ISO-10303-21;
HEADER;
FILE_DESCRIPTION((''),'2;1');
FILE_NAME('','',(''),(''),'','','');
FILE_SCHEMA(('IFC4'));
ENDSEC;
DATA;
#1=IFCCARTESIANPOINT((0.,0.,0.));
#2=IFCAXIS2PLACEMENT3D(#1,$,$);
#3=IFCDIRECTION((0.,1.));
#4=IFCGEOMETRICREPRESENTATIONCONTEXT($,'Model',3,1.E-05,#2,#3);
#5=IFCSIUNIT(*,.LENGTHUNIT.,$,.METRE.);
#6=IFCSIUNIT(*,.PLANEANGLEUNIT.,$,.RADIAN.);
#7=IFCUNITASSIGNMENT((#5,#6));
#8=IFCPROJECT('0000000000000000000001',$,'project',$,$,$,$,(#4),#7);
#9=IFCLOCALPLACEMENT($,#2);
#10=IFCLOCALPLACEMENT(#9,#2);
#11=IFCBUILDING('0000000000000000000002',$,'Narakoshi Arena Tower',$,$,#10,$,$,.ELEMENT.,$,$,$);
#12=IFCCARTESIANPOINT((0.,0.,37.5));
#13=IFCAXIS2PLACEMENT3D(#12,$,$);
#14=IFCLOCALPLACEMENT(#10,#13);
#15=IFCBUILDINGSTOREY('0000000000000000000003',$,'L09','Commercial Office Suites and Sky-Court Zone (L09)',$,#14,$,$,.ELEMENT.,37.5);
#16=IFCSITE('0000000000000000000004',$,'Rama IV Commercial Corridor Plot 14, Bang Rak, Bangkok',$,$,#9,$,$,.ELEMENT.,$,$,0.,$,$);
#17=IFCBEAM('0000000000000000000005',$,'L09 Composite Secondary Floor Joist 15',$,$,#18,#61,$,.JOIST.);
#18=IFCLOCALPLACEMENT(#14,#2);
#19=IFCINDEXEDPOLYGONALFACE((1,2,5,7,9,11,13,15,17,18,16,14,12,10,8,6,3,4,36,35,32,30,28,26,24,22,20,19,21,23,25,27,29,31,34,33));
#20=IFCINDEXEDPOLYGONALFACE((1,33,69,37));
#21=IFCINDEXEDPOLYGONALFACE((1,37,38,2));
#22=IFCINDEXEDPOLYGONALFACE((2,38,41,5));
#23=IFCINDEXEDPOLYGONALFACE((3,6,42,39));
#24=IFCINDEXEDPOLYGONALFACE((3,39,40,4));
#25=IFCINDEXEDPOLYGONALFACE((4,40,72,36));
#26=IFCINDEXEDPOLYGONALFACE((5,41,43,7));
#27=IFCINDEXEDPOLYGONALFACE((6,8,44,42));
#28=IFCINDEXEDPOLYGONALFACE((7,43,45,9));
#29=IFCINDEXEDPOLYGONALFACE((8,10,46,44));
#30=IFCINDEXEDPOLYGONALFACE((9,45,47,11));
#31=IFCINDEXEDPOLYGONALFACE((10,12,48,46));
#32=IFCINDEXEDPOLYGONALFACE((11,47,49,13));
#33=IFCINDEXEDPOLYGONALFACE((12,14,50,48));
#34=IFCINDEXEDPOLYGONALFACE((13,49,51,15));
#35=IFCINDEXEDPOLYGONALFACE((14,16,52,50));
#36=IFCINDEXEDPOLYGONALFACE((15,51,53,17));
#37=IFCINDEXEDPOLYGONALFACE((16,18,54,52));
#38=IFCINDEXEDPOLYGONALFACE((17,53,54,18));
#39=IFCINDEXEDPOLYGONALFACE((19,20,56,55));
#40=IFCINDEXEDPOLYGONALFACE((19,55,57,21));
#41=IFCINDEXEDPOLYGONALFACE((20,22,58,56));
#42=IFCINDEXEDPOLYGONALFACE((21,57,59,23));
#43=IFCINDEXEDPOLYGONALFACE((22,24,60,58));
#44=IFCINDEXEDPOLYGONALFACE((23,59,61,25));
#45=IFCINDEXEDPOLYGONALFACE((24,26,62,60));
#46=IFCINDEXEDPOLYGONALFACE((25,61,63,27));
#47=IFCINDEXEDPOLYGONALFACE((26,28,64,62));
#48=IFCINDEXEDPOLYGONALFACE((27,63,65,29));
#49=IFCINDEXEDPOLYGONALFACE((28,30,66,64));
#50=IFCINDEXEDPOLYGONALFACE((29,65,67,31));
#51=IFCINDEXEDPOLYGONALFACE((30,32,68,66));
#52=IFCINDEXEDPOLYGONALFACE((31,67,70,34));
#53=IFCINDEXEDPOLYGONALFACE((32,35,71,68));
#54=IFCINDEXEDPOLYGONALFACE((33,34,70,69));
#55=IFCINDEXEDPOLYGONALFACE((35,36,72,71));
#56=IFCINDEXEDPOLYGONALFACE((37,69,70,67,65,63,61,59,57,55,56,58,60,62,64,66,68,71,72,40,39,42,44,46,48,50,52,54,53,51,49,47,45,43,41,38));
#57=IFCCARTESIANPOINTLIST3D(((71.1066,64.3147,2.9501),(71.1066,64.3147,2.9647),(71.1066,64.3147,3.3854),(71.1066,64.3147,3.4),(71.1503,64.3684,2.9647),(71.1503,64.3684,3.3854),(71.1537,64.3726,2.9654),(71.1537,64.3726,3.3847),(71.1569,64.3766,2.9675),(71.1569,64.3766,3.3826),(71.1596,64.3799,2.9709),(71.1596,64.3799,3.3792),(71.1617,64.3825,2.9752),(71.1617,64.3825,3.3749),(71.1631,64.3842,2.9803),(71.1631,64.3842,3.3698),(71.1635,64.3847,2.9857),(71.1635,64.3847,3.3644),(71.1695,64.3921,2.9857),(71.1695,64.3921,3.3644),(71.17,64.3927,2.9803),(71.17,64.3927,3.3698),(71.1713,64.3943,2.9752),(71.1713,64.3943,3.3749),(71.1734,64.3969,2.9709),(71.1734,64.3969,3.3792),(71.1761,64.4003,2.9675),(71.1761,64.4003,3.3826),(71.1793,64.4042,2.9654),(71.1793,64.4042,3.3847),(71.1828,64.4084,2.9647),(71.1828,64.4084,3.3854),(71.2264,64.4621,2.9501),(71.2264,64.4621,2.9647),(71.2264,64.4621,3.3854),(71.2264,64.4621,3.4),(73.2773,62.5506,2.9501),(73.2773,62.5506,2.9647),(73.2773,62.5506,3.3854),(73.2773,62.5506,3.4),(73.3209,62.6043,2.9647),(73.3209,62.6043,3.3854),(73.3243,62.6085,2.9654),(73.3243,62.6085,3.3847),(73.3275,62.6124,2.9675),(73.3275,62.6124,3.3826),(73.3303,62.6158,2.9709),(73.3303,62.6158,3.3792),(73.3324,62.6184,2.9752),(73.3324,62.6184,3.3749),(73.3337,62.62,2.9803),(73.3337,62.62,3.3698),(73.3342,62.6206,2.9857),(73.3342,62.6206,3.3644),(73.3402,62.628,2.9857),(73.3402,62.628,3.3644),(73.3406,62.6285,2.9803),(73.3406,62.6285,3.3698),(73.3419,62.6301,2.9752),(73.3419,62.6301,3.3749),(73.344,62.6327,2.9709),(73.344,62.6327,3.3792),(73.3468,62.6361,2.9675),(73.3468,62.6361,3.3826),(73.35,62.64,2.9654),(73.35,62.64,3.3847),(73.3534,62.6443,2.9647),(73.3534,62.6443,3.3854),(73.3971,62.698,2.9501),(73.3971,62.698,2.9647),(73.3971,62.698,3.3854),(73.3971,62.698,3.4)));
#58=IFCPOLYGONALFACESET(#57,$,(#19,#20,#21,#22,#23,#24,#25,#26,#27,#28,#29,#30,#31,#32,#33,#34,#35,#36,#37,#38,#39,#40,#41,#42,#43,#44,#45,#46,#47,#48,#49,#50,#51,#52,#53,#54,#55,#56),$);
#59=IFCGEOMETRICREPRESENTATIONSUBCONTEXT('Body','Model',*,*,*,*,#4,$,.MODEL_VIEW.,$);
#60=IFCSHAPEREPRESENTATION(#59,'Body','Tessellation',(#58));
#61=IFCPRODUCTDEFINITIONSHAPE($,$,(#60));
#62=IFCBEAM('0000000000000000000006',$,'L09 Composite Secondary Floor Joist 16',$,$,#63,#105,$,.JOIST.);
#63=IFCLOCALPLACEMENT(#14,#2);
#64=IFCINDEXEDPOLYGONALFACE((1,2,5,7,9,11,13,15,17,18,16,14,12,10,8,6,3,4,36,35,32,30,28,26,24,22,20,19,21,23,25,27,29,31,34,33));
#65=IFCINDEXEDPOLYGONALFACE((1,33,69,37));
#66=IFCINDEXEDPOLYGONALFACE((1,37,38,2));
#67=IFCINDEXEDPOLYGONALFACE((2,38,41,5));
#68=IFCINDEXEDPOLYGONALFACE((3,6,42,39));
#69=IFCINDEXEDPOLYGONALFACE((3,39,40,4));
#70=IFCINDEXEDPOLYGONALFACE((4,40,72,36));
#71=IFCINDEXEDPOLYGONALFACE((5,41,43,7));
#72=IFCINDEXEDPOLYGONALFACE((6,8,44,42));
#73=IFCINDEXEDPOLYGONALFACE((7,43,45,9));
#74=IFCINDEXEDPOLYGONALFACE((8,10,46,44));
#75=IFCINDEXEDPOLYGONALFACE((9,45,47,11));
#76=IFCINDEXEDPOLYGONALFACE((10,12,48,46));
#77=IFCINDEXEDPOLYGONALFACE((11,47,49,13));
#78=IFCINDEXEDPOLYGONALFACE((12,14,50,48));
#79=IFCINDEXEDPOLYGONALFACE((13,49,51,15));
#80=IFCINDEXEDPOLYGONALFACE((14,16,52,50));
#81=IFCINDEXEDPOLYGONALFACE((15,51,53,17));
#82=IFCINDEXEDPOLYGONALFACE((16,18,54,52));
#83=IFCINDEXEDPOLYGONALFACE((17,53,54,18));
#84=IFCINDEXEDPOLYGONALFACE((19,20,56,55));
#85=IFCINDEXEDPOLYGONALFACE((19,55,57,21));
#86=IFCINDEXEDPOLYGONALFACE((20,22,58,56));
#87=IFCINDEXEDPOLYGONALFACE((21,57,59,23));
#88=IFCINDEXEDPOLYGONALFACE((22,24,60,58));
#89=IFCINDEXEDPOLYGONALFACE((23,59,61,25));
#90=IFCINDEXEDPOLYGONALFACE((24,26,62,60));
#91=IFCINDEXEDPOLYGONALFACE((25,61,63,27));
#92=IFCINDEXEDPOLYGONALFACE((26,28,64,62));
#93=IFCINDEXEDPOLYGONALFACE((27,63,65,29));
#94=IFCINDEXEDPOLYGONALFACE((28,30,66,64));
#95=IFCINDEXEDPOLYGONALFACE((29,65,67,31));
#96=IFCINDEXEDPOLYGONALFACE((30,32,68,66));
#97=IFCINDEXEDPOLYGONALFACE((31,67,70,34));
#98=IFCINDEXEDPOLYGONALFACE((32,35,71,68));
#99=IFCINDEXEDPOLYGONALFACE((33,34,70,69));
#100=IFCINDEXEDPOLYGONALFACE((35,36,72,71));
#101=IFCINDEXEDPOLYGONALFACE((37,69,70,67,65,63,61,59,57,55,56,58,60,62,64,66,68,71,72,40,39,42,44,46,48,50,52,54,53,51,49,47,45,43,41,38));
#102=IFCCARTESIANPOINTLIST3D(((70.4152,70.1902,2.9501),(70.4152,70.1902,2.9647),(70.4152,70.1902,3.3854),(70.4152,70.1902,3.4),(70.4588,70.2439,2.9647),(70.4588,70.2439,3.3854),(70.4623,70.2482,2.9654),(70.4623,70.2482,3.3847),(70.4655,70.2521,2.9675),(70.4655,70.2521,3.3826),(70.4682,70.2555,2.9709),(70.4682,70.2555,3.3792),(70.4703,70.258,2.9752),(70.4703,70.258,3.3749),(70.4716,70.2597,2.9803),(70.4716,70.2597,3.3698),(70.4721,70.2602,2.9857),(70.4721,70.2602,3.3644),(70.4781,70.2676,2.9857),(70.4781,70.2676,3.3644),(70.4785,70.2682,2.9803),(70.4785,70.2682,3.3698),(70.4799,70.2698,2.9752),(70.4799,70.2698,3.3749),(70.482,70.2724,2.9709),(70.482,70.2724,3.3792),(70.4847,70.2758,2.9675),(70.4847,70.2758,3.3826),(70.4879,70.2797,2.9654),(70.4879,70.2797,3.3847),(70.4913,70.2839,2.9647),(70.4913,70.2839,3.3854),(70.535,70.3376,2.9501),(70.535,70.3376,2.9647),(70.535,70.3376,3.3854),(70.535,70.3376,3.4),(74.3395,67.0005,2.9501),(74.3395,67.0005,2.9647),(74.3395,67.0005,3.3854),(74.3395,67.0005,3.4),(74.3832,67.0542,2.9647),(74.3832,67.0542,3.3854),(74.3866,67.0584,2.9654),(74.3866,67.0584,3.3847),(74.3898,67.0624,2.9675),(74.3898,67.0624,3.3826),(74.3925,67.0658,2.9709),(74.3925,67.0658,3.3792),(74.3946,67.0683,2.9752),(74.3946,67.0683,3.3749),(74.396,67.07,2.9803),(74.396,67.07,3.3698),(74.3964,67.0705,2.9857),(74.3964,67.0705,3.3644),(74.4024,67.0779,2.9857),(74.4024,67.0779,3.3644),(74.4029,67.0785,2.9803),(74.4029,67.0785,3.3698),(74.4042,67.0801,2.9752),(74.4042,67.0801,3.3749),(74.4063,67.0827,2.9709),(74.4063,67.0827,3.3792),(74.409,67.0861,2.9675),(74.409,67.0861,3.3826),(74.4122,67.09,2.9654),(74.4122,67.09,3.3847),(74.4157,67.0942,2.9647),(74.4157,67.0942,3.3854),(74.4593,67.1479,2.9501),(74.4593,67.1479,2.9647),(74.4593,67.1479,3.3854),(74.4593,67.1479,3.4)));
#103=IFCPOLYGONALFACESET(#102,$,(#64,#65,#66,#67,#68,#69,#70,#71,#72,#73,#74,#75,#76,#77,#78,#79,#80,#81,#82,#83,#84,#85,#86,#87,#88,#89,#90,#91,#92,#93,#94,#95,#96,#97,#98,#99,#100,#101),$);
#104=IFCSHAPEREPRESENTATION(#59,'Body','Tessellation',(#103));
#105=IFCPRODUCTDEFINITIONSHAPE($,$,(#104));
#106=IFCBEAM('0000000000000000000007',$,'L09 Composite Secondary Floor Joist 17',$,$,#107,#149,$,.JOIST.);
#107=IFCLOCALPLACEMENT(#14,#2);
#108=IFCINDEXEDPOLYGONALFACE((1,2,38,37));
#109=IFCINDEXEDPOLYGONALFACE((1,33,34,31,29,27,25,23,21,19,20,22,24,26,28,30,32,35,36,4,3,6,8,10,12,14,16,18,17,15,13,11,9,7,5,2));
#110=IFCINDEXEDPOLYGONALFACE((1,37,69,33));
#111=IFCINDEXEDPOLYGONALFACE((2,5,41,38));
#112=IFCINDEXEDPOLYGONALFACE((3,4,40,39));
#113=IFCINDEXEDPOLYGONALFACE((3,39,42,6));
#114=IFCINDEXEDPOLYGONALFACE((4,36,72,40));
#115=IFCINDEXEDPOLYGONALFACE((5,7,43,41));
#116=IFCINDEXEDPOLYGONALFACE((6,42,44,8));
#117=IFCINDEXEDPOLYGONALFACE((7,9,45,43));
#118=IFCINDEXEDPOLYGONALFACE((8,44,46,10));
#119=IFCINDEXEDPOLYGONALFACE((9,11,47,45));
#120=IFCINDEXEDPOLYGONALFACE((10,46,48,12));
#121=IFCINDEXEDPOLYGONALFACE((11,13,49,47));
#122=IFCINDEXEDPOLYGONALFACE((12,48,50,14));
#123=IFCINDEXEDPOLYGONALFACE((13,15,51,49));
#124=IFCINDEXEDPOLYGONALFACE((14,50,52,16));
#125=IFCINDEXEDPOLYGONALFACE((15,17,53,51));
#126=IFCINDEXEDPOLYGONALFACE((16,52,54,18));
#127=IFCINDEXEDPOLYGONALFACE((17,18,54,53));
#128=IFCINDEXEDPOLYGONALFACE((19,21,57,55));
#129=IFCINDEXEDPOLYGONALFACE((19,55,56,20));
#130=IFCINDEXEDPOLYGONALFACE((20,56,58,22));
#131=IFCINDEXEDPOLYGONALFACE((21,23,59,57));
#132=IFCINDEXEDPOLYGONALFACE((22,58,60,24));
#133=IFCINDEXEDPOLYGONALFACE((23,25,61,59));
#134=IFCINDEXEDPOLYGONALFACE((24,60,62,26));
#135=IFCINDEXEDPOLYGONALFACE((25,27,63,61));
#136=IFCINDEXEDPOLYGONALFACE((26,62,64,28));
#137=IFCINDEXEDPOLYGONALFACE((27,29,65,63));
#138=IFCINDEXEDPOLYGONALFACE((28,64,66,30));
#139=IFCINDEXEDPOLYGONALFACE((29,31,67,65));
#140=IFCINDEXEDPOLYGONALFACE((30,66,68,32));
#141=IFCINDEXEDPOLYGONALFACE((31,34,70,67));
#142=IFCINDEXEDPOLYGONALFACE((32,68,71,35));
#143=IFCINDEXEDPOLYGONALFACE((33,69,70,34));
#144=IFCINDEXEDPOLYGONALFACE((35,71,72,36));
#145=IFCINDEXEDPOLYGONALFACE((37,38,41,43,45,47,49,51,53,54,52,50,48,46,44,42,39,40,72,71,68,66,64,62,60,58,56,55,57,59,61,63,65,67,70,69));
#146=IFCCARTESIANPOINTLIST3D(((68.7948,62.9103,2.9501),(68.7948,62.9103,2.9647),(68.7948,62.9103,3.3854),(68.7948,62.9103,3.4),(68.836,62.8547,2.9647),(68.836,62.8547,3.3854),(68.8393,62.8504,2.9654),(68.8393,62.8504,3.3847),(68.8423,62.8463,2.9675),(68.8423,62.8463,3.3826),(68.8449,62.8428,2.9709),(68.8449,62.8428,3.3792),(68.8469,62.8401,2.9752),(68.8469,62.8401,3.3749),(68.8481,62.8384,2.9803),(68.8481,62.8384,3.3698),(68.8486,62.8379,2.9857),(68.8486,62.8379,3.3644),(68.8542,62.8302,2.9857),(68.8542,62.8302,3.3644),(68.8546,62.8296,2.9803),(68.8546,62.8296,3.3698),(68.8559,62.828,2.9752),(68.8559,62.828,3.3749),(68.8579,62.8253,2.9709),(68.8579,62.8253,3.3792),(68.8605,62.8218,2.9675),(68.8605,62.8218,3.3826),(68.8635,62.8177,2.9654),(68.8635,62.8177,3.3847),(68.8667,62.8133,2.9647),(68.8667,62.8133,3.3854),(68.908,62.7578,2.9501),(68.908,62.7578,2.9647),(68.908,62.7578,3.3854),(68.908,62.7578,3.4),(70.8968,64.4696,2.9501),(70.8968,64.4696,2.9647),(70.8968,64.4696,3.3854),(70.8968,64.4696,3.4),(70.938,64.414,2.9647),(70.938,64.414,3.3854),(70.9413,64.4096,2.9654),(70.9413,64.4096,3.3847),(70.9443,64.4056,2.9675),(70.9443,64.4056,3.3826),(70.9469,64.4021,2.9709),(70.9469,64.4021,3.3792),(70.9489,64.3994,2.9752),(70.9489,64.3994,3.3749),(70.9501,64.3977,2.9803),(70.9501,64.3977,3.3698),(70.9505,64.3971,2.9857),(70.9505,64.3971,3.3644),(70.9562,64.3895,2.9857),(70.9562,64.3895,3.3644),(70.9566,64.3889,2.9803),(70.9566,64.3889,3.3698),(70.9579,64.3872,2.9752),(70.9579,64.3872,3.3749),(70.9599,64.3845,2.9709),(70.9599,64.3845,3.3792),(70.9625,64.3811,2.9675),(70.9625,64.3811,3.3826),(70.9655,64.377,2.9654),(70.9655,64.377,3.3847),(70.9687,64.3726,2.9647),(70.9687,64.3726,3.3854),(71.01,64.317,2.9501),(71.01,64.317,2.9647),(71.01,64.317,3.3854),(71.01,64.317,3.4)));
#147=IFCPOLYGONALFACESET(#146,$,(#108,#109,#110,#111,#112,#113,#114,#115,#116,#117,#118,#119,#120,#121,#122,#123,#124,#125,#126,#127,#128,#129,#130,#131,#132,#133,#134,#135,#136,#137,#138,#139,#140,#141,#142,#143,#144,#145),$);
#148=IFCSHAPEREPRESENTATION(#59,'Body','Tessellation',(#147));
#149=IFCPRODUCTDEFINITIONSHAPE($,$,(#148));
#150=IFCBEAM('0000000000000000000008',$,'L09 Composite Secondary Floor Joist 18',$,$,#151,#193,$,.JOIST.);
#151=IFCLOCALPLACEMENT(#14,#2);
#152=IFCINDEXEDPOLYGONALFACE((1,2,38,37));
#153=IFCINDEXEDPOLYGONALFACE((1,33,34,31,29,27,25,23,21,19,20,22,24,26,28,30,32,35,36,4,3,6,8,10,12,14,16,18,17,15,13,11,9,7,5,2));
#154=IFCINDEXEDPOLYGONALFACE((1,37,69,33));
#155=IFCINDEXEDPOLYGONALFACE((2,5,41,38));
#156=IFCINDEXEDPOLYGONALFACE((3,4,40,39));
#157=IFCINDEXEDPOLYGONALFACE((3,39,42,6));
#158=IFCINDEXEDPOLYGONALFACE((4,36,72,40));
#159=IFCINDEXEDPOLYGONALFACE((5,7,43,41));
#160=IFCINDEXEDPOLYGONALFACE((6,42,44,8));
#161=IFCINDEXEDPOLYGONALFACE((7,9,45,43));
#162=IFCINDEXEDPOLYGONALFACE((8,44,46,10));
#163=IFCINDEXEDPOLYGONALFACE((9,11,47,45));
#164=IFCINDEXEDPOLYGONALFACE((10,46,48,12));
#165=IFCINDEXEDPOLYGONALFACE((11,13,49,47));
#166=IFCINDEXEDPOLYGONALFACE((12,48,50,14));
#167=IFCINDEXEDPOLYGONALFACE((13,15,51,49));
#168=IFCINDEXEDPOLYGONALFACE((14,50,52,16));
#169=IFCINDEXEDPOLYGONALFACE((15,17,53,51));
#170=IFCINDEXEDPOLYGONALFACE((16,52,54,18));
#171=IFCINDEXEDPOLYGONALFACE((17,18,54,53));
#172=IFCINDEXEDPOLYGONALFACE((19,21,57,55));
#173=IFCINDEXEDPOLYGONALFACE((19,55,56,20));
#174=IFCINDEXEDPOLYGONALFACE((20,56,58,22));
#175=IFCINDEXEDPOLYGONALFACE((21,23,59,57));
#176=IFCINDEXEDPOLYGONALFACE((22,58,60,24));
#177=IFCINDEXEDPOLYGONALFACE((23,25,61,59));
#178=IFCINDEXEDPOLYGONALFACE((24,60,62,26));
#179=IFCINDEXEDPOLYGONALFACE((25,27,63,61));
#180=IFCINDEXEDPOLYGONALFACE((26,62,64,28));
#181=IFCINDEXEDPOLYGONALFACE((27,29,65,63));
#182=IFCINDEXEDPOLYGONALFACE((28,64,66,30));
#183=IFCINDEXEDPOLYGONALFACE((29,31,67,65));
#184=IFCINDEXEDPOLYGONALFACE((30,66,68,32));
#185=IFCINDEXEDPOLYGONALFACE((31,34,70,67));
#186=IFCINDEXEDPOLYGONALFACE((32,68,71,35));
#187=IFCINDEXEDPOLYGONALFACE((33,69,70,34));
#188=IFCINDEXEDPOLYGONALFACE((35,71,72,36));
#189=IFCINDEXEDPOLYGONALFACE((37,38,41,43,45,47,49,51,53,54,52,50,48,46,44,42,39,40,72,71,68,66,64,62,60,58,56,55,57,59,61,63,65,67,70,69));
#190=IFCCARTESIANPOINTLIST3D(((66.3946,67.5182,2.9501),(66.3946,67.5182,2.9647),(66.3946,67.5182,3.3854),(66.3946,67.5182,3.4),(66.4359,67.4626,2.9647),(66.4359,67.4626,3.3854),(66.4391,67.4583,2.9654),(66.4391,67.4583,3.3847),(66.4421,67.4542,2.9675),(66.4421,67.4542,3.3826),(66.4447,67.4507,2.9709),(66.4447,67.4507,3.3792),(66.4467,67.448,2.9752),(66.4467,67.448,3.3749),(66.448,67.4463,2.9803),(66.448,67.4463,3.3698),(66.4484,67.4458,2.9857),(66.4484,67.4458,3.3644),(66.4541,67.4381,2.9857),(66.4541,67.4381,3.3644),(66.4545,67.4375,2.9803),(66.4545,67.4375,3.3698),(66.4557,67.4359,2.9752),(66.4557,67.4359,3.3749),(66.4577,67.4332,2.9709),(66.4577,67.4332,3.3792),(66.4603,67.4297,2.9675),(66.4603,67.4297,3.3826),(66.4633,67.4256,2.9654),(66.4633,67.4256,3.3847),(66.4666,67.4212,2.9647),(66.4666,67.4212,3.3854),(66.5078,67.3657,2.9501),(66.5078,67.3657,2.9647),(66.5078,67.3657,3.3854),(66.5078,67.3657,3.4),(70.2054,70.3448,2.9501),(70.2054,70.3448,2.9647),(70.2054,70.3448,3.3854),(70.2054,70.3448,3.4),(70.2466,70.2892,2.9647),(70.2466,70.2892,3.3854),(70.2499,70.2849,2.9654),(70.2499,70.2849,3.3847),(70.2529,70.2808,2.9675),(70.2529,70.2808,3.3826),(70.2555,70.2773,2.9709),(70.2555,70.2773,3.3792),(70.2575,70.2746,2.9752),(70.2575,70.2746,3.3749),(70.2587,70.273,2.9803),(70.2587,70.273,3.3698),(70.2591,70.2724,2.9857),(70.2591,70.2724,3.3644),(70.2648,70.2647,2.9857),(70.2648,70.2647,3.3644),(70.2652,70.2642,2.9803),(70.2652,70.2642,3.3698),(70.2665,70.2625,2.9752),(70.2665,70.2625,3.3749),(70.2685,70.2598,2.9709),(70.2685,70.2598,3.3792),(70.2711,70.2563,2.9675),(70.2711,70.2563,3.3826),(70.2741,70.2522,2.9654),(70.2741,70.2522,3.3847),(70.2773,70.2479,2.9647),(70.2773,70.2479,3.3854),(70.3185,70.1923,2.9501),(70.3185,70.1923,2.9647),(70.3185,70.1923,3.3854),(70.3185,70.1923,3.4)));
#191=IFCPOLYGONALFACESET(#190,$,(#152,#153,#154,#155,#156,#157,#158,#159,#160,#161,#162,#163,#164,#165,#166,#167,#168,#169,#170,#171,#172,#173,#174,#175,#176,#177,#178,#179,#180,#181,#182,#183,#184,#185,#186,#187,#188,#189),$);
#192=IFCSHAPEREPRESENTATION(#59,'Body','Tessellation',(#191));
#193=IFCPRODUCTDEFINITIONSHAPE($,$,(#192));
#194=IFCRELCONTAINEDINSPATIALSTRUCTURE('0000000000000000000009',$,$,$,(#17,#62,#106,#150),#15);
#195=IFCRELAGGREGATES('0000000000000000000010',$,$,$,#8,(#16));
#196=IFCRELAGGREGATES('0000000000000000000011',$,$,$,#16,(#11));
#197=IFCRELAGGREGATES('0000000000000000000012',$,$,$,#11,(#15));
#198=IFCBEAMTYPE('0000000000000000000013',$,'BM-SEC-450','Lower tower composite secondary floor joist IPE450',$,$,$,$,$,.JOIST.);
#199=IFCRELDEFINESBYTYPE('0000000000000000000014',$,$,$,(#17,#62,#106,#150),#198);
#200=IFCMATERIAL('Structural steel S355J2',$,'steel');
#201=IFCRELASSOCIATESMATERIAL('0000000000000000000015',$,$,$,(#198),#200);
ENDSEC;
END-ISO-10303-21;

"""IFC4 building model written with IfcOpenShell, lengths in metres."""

from ifc_helpers import new_model, si_unit, direction, frame, origin, origin_2d, place, context, subcontext, project, spatial, i_section, extrude, material, material_profile, profile_set, type_object, element, save


model = new_model("IFC4")

# Units and contexts
model_context = context("Model", 3, precision=1e-05, world=origin(), true_north=direction((0.0, 1.0)))
body_context = subcontext(model_context, "Body", "Model", "MODEL_VIEW")
ifc_project = project(units=[si_unit("LENGTHUNIT", "METRE"), si_unit("PLANEANGLEUNIT", "RADIAN")], contexts=[model_context])

# Site, building, storey
site_placement = place(None, origin())
site = spatial("IfcSite", under=ifc_project, at=site_placement, Name="Rama IV Commercial Corridor Plot 14, Bang Rak, Bangkok", CompositionType="ELEMENT", RefElevation=0.0)
building_placement = place(site_placement, origin())
building = spatial("IfcBuilding", under=site, at=building_placement, Name="Narakoshi Arena Tower", CompositionType="ELEMENT")
storey_placement = place(building_placement, frame((0.0, 0.0, 37.5)))
storey = spatial("IfcBuildingStorey", under=building, at=storey_placement, Name="L09", Description="Commercial Office Suites and Sky-Court Zone (L09)", CompositionType="ELEMENT", Elevation=37.5)

# Beams
ifc_material_1 = material(Name="Structural steel S355J2", Category="steel")
ifc_material_profile_1 = material_profile(ifc_material_1, i_section(OverallWidth=0.1899, OverallDepth=0.45, WebThickness=0.0095, FlangeThickness=0.0146, FilletRadius=0.021, at=origin_2d()), Name="IPE450")
ifc_profile_set_1 = profile_set([ifc_material_profile_1], Name="Structural steel S355J2")
beam_type_1 = type_object("IfcBeamType", Name="BM-SEC-450", Description="Lower tower composite secondary floor joist IPE450", PredefinedType="JOIST", material=ifc_profile_set_1)
beam_1_placement = place(storey_placement, frame((73.3372, 62.6243, 3.175), z_axis=(-0.776026, 0.630701, 0.0), x_axis=(-0.630701, -0.776026, 0.0)))
element("IfcBeam", 1, at=beam_1_placement, inside=storey, type_object=beam_type_1, Name="L09 Composite Secondary Floor Joist 15", PredefinedType="JOIST", context=body_context, shape_type="SweptSolid", body=[
    extrude(i_section(OverallWidth=0.1899, OverallDepth=0.45, WebThickness=0.0095, FlangeThickness=0.0146, FilletRadius=0.021, at=origin_2d()), origin(), (0.0, 0.0, 1.0), 2.7971),
])
beam_2_placement = place(storey_placement, frame((74.3994, 67.0742, 3.175), z_axis=(-0.775999, 0.630734, 0.0), x_axis=(-0.630734, -0.775999, 0.0)))
element("IfcBeam", 2, at=beam_2_placement, inside=storey, type_object=beam_type_1, Name="L09 Composite Secondary Floor Joist 16", PredefinedType="JOIST", context=body_context, shape_type="SweptSolid", body=[
    extrude(i_section(OverallWidth=0.1899, OverallDepth=0.45, WebThickness=0.0095, FlangeThickness=0.0146, FilletRadius=0.021, at=origin_2d()), origin(), (0.0, 0.0, 1.0), 5.0571),
])
beam_3_placement = place(storey_placement, frame((70.9534, 64.3933, 3.175), z_axis=(-0.803146, -0.595783, 0.0), x_axis=(0.595783, -0.803146, 0.0)))
element("IfcBeam", 3, at=beam_3_placement, inside=storey, type_object=beam_type_1, Name="L09 Composite Secondary Floor Joist 17", PredefinedType="JOIST", context=body_context, shape_type="SweptSolid", body=[
    extrude(i_section(OverallWidth=0.1899, OverallDepth=0.45, WebThickness=0.0095, FlangeThickness=0.0146, FilletRadius=0.021, at=origin_2d()), origin(), (0.0, 0.0, 1.0), 2.6172),
])
beam_4_placement = place(storey_placement, frame((70.262, 70.2686, 3.175), z_axis=(-0.803169, -0.595752, 0.0), x_axis=(0.595752, -0.803169, 0.0)))
element("IfcBeam", 4, at=beam_4_placement, inside=storey, type_object=beam_type_1, Name="L09 Composite Secondary Floor Joist 18", PredefinedType="JOIST", context=body_context, shape_type="SweptSolid", body=[
    extrude(i_section(OverallWidth=0.1899, OverallDepth=0.45, WebThickness=0.0095, FlangeThickness=0.0146, FilletRadius=0.021, at=origin_2d()), origin(), (0.0, 0.0, 1.0), 4.7446),
])

save(model, "model.ifc")
